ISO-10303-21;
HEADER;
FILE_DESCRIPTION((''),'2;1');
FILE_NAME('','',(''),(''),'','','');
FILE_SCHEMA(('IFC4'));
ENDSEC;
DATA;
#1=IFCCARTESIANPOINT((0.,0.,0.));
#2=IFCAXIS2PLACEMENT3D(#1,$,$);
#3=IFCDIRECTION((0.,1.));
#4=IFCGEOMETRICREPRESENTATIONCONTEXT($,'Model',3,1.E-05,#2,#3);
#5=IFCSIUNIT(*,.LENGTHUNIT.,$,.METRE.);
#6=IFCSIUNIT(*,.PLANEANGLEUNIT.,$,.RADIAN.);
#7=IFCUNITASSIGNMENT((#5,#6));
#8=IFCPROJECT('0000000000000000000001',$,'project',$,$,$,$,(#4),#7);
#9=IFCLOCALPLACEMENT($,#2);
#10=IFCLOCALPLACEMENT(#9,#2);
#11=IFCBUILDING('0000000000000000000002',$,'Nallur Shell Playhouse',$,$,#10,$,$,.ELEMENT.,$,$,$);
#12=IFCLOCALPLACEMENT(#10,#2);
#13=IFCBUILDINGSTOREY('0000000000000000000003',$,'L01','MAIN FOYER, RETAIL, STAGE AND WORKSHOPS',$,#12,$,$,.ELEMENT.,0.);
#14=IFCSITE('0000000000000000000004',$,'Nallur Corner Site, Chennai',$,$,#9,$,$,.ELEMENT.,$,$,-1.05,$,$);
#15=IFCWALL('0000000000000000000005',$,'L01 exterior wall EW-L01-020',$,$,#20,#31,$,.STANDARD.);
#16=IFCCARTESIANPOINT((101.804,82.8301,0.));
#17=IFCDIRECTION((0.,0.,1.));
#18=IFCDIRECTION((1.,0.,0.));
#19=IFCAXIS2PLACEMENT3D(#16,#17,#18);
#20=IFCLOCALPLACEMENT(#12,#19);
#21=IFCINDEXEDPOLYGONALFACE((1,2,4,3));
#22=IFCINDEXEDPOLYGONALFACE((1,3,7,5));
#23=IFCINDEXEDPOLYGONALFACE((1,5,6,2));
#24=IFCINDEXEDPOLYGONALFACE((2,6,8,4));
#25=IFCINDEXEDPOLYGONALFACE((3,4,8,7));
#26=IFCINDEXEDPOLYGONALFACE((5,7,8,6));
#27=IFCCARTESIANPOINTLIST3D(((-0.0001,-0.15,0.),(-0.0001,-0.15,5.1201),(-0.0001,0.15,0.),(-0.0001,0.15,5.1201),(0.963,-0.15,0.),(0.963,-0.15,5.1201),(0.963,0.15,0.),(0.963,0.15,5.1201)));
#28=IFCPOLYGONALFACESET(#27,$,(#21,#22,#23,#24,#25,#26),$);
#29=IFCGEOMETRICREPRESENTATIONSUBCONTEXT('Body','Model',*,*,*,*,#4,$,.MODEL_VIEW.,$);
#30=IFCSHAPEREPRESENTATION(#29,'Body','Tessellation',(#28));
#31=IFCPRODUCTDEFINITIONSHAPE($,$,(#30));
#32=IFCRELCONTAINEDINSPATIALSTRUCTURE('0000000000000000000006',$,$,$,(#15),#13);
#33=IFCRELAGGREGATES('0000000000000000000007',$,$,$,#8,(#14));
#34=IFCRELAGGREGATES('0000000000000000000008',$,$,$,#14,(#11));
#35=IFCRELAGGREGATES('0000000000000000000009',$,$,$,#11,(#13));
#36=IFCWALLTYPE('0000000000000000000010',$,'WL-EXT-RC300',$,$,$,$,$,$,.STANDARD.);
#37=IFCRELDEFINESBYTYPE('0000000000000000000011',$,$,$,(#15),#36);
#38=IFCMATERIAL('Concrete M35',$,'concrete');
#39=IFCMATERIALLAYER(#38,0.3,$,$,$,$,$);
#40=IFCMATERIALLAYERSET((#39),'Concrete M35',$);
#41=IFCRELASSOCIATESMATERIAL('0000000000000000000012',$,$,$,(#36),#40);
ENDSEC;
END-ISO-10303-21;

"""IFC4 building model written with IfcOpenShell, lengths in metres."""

from ifc_helpers import new_model, si_unit, direction, frame, frame_2d, origin, place, context, subcontext, project, spatial, rectangle, extrude, material, layer, layer_set, type_object, element, save


model = new_model("IFC4")

# Units and contexts
model_context = context("Model", 3, precision=1e-05, world=origin(), true_north=direction((0.0, 1.0)))
body_context = subcontext(model_context, "Body", "Model", "MODEL_VIEW")
ifc_project = project(units=[si_unit("LENGTHUNIT", "METRE"), si_unit("PLANEANGLEUNIT", "RADIAN")], contexts=[model_context])

# Site, building, storey
site_placement = place(None, origin())
site = spatial("IfcSite", under=ifc_project, at=site_placement, Name="Nallur Corner Site, Chennai", CompositionType="ELEMENT", RefElevation=-1.05)
building_placement = place(site_placement, origin())
building = spatial("IfcBuilding", under=site, at=building_placement, Name="Nallur Shell Playhouse", CompositionType="ELEMENT")
storey_placement = place(building_placement, origin())
storey = spatial("IfcBuildingStorey", under=building, at=storey_placement, Name="L01", Description="MAIN FOYER, RETAIL, STAGE AND WORKSHOPS", CompositionType="ELEMENT", Elevation=0.0)

# Shared definitions
ifc_material_1 = material(Name="Concrete M35", Category="concrete")

# Wall
ifc_layer_1 = layer(ifc_material_1, 0.3)
ifc_layer_set_1 = layer_set([ifc_layer_1], Name="Concrete M35")
wall_type_1 = type_object("IfcWallType", Name="WL-EXT-RC300", PredefinedType="STANDARD", material=ifc_layer_set_1)
wall_1_placement = place(storey_placement, frame((101.804, 82.8301, 0.0), z_axis=(0.0, 0.0, 1.0), x_axis=(1.0, 0.0, 0.0)))
element("IfcWall", 1, at=wall_1_placement, inside=storey, type_object=wall_type_1, Name="L01 exterior wall EW-L01-020", PredefinedType="STANDARD", context=body_context, shape_type="SweptSolid", body=[
    extrude(rectangle(XDim=0.9631, YDim=0.3, at=frame_2d((0.4814, 0.0))), origin(), (0.0, 0.0, 1.0), 5.1201),
])

save(model, "model.ifc")
